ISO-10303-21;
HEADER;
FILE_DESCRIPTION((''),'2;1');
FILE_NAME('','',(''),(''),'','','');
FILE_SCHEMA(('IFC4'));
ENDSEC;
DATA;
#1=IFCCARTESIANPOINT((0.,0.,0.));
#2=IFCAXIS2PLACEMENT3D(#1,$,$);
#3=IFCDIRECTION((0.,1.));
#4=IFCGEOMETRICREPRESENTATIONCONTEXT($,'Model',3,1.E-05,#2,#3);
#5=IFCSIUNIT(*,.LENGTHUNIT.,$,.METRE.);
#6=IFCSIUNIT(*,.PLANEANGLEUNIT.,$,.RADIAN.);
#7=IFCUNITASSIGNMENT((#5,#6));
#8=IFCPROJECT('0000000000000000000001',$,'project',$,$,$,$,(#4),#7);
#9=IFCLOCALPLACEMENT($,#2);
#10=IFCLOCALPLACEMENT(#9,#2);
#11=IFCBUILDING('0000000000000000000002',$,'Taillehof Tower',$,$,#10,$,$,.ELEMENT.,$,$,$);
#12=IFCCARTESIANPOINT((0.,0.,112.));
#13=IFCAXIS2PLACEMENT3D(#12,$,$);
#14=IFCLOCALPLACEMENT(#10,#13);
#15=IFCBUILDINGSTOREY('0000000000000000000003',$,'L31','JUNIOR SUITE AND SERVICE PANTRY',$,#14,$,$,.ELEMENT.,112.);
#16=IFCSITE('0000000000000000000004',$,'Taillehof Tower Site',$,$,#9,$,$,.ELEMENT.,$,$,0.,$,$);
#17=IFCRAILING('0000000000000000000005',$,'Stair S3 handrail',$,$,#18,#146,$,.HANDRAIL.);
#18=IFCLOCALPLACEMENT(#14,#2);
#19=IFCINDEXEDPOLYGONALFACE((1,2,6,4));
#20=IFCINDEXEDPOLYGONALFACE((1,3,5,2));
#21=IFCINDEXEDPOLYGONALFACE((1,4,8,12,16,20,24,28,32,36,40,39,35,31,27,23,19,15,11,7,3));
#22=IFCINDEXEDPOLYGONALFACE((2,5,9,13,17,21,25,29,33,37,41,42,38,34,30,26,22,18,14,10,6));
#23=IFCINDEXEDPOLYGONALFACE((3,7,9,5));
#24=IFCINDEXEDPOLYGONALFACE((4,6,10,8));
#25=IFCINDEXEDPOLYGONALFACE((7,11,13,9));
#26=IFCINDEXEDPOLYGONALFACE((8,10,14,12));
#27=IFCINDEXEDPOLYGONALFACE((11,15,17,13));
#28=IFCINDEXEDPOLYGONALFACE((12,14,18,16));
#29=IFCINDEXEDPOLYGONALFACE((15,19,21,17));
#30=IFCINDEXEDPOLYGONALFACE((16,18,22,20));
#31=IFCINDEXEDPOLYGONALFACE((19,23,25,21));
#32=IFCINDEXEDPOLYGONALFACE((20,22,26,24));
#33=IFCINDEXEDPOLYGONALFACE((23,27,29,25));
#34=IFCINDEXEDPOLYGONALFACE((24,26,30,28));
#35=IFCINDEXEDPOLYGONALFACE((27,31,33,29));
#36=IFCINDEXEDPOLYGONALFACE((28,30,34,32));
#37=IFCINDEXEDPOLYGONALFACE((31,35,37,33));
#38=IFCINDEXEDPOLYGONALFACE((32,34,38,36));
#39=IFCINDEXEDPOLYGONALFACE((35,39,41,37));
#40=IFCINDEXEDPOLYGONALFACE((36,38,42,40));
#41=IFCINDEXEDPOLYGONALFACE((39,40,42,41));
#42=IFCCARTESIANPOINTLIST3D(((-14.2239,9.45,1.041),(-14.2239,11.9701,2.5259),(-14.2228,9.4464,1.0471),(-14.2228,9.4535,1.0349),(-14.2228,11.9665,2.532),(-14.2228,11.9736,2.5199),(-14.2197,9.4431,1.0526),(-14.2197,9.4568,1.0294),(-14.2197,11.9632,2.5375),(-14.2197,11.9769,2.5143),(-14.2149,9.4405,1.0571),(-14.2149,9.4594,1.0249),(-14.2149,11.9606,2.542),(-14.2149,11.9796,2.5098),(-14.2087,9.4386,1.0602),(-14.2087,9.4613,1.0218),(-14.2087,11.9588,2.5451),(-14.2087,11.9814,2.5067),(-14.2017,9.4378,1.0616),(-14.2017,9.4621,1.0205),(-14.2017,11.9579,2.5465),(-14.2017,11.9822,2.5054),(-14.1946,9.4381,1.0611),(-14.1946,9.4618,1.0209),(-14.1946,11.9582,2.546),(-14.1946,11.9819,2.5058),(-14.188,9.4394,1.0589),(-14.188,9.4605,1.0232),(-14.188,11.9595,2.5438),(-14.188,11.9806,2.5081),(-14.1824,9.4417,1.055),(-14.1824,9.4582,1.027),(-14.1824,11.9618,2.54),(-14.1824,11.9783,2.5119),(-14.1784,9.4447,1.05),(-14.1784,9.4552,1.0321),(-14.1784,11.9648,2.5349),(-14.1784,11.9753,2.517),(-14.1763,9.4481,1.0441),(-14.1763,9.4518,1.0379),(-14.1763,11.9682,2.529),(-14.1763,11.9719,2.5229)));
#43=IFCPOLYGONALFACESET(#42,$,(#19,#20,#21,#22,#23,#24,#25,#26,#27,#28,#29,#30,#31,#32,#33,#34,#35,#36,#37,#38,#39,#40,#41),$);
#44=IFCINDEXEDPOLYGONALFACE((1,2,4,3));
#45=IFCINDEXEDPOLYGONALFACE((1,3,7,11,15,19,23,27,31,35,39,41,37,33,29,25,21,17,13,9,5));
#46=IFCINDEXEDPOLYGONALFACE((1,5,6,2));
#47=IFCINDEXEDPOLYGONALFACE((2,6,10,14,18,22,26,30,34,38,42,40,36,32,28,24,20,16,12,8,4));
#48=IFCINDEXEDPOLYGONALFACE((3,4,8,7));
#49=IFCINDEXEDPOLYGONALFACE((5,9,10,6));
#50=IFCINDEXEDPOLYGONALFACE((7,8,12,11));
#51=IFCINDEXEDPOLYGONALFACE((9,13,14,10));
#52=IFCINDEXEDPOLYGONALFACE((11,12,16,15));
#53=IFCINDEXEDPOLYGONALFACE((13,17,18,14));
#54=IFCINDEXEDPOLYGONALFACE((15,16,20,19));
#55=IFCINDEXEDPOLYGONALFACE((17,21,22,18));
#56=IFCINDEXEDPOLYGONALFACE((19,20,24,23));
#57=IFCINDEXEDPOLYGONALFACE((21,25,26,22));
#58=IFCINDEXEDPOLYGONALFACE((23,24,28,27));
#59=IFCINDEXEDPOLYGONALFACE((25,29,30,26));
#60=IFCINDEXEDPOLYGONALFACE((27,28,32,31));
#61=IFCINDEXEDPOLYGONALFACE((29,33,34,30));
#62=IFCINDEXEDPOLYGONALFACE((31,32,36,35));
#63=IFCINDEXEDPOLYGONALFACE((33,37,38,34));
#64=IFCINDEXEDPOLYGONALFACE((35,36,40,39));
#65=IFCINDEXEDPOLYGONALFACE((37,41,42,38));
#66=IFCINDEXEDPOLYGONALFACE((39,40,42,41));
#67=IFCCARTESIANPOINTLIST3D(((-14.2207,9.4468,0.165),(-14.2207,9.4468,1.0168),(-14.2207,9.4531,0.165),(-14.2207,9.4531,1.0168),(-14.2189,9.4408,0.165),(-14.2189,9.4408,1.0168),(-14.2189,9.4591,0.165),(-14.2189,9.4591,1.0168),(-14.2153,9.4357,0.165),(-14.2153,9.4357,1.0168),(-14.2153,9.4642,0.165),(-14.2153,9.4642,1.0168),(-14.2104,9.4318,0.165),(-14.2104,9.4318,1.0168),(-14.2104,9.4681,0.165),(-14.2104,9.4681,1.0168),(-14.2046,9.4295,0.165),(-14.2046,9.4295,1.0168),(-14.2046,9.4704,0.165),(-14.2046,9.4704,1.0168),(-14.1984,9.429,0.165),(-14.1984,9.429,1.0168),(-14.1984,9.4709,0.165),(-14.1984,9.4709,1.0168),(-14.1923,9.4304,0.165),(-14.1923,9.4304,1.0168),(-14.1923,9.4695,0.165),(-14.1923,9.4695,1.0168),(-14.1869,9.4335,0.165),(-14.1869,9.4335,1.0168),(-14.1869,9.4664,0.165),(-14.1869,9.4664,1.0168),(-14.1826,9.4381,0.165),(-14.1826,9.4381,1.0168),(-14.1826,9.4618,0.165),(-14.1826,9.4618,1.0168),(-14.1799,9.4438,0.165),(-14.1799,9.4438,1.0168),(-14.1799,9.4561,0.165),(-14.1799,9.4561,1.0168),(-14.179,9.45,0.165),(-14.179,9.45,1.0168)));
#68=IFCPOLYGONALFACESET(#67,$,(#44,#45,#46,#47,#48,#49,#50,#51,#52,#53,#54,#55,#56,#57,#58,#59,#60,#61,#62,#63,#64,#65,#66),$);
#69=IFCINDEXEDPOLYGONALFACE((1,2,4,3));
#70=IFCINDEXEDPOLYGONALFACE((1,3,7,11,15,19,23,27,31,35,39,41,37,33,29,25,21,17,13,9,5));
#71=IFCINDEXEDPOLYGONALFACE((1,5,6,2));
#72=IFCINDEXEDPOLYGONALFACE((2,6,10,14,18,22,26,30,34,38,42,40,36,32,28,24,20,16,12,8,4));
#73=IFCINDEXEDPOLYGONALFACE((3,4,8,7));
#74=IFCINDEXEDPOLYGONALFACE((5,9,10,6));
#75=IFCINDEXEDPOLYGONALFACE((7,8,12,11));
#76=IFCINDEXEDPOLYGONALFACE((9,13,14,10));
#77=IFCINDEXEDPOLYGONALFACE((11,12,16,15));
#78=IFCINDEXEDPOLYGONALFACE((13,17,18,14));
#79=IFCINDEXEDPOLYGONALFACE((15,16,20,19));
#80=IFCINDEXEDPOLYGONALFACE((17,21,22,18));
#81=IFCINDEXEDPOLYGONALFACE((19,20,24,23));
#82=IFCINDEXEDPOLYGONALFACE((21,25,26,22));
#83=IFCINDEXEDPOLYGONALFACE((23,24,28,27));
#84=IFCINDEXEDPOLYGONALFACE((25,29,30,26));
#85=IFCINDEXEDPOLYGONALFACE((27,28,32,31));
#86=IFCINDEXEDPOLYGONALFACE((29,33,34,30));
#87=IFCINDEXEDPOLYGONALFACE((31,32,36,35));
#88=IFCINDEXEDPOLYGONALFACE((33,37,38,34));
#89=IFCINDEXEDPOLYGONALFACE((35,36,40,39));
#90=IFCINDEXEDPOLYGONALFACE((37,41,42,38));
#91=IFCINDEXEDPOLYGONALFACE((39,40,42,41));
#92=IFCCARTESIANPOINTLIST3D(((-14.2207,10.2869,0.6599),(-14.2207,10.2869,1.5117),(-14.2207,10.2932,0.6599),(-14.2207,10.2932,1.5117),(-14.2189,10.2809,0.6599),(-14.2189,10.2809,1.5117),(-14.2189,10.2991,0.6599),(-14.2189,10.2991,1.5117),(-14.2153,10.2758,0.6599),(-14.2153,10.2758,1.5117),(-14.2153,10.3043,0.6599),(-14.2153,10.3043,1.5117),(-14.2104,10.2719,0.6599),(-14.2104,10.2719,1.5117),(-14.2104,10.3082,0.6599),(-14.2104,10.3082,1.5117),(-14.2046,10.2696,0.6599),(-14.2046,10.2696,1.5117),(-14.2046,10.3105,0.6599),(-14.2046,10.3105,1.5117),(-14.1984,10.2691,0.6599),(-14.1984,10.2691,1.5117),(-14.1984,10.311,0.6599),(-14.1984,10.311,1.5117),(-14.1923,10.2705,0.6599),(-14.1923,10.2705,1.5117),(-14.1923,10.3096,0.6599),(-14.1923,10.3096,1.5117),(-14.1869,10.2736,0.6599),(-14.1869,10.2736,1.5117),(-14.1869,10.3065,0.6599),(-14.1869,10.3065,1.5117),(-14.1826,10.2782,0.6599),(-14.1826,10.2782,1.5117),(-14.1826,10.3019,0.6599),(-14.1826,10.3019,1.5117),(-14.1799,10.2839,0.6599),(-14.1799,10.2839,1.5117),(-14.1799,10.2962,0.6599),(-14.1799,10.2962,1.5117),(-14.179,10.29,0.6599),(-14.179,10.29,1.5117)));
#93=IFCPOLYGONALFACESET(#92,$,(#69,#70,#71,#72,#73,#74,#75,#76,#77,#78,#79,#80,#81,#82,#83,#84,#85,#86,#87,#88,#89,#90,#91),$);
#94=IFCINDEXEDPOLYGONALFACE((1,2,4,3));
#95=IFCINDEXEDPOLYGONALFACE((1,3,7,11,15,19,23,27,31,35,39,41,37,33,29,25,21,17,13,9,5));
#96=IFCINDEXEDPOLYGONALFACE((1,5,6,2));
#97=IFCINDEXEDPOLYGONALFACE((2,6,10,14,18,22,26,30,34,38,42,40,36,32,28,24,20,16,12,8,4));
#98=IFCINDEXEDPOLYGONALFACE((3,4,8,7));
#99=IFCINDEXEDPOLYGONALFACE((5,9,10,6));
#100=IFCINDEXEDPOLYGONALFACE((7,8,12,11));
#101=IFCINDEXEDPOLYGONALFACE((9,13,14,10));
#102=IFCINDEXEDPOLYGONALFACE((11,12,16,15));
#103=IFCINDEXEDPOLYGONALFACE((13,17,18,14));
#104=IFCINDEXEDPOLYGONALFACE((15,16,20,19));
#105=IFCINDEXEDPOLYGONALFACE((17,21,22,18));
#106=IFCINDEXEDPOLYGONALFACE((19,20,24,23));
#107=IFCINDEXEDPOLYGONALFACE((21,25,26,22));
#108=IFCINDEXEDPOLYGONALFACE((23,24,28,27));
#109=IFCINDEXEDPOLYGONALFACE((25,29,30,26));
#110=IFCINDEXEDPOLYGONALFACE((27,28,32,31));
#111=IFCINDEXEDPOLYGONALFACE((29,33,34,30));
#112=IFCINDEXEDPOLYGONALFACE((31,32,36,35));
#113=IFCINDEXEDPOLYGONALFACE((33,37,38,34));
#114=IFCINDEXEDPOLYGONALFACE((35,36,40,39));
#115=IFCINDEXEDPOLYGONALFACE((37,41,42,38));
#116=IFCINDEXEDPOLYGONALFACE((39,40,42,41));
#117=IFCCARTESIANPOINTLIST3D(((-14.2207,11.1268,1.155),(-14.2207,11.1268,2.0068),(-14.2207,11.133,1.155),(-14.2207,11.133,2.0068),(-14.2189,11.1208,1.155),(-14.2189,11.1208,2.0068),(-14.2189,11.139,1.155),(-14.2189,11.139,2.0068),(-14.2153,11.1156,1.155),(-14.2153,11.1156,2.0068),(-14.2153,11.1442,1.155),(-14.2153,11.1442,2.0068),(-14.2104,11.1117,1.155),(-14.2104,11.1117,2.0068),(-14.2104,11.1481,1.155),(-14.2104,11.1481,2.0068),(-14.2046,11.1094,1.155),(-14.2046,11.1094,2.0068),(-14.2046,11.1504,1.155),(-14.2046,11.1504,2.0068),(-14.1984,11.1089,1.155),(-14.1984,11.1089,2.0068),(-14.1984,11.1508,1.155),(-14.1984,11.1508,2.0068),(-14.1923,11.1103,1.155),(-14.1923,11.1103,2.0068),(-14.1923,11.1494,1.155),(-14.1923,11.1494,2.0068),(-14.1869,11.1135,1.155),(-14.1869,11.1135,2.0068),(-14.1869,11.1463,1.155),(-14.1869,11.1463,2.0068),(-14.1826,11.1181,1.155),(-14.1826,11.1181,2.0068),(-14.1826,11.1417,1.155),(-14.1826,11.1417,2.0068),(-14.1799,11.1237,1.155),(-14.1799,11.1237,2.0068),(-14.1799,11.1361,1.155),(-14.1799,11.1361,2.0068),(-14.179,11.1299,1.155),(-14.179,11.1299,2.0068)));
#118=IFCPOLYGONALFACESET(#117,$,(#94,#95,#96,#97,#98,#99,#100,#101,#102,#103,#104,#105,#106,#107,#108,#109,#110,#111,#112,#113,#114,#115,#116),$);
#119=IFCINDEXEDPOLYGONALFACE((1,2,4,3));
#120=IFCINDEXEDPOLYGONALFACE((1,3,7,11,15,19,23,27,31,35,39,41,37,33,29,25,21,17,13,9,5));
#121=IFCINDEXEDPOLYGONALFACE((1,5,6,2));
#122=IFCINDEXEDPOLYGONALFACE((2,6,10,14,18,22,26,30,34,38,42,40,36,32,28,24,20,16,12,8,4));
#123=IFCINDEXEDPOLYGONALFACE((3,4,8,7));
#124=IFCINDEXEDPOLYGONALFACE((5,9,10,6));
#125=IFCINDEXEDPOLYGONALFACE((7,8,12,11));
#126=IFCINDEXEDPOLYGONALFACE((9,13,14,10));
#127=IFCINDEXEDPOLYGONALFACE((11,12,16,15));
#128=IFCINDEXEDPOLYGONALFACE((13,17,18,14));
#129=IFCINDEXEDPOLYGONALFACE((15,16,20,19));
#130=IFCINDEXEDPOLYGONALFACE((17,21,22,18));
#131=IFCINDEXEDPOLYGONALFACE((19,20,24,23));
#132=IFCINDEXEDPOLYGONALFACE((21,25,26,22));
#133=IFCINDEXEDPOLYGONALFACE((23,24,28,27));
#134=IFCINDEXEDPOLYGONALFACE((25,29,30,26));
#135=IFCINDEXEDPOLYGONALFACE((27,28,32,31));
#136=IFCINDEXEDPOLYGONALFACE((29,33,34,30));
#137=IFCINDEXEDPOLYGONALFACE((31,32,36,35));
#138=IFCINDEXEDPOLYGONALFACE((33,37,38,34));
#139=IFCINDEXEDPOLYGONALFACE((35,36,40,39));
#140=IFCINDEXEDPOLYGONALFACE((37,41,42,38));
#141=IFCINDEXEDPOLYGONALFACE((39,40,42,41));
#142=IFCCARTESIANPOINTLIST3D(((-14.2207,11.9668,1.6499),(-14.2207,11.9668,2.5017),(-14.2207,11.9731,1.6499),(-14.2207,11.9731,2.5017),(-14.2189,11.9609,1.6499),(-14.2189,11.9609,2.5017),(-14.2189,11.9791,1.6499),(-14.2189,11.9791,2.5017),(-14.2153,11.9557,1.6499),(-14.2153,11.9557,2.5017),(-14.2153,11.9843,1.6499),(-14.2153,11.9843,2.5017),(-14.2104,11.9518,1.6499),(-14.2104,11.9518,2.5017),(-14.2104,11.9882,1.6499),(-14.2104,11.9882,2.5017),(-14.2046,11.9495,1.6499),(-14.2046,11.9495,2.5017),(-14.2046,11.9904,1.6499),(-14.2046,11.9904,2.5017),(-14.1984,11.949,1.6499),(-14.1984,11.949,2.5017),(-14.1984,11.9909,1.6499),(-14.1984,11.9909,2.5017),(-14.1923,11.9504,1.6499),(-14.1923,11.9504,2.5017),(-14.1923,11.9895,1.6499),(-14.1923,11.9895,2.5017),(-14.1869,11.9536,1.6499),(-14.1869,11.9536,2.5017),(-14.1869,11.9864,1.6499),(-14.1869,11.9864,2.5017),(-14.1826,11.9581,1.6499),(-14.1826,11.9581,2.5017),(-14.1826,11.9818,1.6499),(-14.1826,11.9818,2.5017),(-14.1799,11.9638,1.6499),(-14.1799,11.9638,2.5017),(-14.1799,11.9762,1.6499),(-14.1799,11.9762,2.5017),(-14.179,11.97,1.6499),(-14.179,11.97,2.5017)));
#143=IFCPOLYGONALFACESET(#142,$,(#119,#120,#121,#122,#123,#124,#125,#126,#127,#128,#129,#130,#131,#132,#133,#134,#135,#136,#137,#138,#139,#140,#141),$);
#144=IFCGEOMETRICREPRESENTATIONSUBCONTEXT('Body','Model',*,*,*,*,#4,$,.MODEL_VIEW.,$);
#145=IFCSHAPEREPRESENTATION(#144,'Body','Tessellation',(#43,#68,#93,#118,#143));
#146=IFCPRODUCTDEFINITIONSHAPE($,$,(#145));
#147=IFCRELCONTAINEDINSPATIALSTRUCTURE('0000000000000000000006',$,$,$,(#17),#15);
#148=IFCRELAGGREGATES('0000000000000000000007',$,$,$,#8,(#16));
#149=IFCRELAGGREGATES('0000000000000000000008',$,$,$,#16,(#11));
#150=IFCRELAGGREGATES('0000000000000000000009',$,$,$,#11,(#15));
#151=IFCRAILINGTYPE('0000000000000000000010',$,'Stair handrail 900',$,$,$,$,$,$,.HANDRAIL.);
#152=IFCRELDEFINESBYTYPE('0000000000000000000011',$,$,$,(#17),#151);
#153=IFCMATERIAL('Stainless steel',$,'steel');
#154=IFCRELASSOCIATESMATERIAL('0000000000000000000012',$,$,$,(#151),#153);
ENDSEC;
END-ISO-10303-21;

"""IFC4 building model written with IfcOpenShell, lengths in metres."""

from ifc_helpers import new_model, si_unit, direction, frame, origin, origin_2d, place, context, subcontext, project, spatial, circle, extrude, material, type_object, element, save


model = new_model("IFC4")

# Units and contexts
model_context = context("Model", 3, precision=1e-05, world=origin(), true_north=direction((0.0, 1.0)))
body_context = subcontext(model_context, "Body", "Model", "MODEL_VIEW")
ifc_project = project(units=[si_unit("LENGTHUNIT", "METRE"), si_unit("PLANEANGLEUNIT", "RADIAN")], contexts=[model_context])

# Site, building, storey
site_placement = place(None, origin())
site = spatial("IfcSite", under=ifc_project, at=site_placement, Name="Taillehof Tower Site", CompositionType="ELEMENT", RefElevation=0.0)
building_placement = place(site_placement, origin())
building = spatial("IfcBuilding", under=site, at=building_placement, Name="Taillehof Tower", CompositionType="ELEMENT")
storey_placement = place(building_placement, frame((0.0, 0.0, 112.0)))
storey = spatial("IfcBuildingStorey", under=building, at=storey_placement, Name="L31", Description="JUNIOR SUITE AND SERVICE PANTRY", CompositionType="ELEMENT", Elevation=112.0)

# Railing
ifc_material_1 = material(Name="Stainless steel", Category="steel")
railing_type_1 = type_object("IfcRailingType", Name="Stair handrail 900", PredefinedType="HANDRAIL", material=ifc_material_1)
railing_1_placement = place(storey_placement, frame((-14.2, 9.45, 0.165)))
element("IfcRailing", 1, at=railing_1_placement, inside=storey, type_object=railing_type_1, Name="Stair S3 handrail", PredefinedType="HANDRAIL", context=body_context, shape_type="SweptSolid", body=[
    extrude(circle(Radius=0.0239, at=origin_2d()), frame((0.0, 0.0, 0.876), z_axis=(0.0, 0.861561, 0.507655), x_axis=(-1.0, 0.0, 0.0)), (0.0, 0.0, 1.0), 2.925),
    extrude(circle(Radius=0.021, at=origin_2d()), origin(), (0.0, 0.0, 1.0), 0.8518),
    extrude(circle(Radius=0.021, at=origin_2d()), frame((0.0, 0.8401, 0.4949)), (0.0, 0.0, 1.0), 0.8518),
    extrude(circle(Radius=0.021, at=origin_2d()), frame((0.0, 1.6799, 0.99)), (0.0, 0.0, 1.0), 0.8518),
    extrude(circle(Radius=0.021, at=origin_2d()), frame((0.0, 2.52, 1.4849)), (0.0, 0.0, 1.0), 0.8518),
])

save(model, "model.ifc")
